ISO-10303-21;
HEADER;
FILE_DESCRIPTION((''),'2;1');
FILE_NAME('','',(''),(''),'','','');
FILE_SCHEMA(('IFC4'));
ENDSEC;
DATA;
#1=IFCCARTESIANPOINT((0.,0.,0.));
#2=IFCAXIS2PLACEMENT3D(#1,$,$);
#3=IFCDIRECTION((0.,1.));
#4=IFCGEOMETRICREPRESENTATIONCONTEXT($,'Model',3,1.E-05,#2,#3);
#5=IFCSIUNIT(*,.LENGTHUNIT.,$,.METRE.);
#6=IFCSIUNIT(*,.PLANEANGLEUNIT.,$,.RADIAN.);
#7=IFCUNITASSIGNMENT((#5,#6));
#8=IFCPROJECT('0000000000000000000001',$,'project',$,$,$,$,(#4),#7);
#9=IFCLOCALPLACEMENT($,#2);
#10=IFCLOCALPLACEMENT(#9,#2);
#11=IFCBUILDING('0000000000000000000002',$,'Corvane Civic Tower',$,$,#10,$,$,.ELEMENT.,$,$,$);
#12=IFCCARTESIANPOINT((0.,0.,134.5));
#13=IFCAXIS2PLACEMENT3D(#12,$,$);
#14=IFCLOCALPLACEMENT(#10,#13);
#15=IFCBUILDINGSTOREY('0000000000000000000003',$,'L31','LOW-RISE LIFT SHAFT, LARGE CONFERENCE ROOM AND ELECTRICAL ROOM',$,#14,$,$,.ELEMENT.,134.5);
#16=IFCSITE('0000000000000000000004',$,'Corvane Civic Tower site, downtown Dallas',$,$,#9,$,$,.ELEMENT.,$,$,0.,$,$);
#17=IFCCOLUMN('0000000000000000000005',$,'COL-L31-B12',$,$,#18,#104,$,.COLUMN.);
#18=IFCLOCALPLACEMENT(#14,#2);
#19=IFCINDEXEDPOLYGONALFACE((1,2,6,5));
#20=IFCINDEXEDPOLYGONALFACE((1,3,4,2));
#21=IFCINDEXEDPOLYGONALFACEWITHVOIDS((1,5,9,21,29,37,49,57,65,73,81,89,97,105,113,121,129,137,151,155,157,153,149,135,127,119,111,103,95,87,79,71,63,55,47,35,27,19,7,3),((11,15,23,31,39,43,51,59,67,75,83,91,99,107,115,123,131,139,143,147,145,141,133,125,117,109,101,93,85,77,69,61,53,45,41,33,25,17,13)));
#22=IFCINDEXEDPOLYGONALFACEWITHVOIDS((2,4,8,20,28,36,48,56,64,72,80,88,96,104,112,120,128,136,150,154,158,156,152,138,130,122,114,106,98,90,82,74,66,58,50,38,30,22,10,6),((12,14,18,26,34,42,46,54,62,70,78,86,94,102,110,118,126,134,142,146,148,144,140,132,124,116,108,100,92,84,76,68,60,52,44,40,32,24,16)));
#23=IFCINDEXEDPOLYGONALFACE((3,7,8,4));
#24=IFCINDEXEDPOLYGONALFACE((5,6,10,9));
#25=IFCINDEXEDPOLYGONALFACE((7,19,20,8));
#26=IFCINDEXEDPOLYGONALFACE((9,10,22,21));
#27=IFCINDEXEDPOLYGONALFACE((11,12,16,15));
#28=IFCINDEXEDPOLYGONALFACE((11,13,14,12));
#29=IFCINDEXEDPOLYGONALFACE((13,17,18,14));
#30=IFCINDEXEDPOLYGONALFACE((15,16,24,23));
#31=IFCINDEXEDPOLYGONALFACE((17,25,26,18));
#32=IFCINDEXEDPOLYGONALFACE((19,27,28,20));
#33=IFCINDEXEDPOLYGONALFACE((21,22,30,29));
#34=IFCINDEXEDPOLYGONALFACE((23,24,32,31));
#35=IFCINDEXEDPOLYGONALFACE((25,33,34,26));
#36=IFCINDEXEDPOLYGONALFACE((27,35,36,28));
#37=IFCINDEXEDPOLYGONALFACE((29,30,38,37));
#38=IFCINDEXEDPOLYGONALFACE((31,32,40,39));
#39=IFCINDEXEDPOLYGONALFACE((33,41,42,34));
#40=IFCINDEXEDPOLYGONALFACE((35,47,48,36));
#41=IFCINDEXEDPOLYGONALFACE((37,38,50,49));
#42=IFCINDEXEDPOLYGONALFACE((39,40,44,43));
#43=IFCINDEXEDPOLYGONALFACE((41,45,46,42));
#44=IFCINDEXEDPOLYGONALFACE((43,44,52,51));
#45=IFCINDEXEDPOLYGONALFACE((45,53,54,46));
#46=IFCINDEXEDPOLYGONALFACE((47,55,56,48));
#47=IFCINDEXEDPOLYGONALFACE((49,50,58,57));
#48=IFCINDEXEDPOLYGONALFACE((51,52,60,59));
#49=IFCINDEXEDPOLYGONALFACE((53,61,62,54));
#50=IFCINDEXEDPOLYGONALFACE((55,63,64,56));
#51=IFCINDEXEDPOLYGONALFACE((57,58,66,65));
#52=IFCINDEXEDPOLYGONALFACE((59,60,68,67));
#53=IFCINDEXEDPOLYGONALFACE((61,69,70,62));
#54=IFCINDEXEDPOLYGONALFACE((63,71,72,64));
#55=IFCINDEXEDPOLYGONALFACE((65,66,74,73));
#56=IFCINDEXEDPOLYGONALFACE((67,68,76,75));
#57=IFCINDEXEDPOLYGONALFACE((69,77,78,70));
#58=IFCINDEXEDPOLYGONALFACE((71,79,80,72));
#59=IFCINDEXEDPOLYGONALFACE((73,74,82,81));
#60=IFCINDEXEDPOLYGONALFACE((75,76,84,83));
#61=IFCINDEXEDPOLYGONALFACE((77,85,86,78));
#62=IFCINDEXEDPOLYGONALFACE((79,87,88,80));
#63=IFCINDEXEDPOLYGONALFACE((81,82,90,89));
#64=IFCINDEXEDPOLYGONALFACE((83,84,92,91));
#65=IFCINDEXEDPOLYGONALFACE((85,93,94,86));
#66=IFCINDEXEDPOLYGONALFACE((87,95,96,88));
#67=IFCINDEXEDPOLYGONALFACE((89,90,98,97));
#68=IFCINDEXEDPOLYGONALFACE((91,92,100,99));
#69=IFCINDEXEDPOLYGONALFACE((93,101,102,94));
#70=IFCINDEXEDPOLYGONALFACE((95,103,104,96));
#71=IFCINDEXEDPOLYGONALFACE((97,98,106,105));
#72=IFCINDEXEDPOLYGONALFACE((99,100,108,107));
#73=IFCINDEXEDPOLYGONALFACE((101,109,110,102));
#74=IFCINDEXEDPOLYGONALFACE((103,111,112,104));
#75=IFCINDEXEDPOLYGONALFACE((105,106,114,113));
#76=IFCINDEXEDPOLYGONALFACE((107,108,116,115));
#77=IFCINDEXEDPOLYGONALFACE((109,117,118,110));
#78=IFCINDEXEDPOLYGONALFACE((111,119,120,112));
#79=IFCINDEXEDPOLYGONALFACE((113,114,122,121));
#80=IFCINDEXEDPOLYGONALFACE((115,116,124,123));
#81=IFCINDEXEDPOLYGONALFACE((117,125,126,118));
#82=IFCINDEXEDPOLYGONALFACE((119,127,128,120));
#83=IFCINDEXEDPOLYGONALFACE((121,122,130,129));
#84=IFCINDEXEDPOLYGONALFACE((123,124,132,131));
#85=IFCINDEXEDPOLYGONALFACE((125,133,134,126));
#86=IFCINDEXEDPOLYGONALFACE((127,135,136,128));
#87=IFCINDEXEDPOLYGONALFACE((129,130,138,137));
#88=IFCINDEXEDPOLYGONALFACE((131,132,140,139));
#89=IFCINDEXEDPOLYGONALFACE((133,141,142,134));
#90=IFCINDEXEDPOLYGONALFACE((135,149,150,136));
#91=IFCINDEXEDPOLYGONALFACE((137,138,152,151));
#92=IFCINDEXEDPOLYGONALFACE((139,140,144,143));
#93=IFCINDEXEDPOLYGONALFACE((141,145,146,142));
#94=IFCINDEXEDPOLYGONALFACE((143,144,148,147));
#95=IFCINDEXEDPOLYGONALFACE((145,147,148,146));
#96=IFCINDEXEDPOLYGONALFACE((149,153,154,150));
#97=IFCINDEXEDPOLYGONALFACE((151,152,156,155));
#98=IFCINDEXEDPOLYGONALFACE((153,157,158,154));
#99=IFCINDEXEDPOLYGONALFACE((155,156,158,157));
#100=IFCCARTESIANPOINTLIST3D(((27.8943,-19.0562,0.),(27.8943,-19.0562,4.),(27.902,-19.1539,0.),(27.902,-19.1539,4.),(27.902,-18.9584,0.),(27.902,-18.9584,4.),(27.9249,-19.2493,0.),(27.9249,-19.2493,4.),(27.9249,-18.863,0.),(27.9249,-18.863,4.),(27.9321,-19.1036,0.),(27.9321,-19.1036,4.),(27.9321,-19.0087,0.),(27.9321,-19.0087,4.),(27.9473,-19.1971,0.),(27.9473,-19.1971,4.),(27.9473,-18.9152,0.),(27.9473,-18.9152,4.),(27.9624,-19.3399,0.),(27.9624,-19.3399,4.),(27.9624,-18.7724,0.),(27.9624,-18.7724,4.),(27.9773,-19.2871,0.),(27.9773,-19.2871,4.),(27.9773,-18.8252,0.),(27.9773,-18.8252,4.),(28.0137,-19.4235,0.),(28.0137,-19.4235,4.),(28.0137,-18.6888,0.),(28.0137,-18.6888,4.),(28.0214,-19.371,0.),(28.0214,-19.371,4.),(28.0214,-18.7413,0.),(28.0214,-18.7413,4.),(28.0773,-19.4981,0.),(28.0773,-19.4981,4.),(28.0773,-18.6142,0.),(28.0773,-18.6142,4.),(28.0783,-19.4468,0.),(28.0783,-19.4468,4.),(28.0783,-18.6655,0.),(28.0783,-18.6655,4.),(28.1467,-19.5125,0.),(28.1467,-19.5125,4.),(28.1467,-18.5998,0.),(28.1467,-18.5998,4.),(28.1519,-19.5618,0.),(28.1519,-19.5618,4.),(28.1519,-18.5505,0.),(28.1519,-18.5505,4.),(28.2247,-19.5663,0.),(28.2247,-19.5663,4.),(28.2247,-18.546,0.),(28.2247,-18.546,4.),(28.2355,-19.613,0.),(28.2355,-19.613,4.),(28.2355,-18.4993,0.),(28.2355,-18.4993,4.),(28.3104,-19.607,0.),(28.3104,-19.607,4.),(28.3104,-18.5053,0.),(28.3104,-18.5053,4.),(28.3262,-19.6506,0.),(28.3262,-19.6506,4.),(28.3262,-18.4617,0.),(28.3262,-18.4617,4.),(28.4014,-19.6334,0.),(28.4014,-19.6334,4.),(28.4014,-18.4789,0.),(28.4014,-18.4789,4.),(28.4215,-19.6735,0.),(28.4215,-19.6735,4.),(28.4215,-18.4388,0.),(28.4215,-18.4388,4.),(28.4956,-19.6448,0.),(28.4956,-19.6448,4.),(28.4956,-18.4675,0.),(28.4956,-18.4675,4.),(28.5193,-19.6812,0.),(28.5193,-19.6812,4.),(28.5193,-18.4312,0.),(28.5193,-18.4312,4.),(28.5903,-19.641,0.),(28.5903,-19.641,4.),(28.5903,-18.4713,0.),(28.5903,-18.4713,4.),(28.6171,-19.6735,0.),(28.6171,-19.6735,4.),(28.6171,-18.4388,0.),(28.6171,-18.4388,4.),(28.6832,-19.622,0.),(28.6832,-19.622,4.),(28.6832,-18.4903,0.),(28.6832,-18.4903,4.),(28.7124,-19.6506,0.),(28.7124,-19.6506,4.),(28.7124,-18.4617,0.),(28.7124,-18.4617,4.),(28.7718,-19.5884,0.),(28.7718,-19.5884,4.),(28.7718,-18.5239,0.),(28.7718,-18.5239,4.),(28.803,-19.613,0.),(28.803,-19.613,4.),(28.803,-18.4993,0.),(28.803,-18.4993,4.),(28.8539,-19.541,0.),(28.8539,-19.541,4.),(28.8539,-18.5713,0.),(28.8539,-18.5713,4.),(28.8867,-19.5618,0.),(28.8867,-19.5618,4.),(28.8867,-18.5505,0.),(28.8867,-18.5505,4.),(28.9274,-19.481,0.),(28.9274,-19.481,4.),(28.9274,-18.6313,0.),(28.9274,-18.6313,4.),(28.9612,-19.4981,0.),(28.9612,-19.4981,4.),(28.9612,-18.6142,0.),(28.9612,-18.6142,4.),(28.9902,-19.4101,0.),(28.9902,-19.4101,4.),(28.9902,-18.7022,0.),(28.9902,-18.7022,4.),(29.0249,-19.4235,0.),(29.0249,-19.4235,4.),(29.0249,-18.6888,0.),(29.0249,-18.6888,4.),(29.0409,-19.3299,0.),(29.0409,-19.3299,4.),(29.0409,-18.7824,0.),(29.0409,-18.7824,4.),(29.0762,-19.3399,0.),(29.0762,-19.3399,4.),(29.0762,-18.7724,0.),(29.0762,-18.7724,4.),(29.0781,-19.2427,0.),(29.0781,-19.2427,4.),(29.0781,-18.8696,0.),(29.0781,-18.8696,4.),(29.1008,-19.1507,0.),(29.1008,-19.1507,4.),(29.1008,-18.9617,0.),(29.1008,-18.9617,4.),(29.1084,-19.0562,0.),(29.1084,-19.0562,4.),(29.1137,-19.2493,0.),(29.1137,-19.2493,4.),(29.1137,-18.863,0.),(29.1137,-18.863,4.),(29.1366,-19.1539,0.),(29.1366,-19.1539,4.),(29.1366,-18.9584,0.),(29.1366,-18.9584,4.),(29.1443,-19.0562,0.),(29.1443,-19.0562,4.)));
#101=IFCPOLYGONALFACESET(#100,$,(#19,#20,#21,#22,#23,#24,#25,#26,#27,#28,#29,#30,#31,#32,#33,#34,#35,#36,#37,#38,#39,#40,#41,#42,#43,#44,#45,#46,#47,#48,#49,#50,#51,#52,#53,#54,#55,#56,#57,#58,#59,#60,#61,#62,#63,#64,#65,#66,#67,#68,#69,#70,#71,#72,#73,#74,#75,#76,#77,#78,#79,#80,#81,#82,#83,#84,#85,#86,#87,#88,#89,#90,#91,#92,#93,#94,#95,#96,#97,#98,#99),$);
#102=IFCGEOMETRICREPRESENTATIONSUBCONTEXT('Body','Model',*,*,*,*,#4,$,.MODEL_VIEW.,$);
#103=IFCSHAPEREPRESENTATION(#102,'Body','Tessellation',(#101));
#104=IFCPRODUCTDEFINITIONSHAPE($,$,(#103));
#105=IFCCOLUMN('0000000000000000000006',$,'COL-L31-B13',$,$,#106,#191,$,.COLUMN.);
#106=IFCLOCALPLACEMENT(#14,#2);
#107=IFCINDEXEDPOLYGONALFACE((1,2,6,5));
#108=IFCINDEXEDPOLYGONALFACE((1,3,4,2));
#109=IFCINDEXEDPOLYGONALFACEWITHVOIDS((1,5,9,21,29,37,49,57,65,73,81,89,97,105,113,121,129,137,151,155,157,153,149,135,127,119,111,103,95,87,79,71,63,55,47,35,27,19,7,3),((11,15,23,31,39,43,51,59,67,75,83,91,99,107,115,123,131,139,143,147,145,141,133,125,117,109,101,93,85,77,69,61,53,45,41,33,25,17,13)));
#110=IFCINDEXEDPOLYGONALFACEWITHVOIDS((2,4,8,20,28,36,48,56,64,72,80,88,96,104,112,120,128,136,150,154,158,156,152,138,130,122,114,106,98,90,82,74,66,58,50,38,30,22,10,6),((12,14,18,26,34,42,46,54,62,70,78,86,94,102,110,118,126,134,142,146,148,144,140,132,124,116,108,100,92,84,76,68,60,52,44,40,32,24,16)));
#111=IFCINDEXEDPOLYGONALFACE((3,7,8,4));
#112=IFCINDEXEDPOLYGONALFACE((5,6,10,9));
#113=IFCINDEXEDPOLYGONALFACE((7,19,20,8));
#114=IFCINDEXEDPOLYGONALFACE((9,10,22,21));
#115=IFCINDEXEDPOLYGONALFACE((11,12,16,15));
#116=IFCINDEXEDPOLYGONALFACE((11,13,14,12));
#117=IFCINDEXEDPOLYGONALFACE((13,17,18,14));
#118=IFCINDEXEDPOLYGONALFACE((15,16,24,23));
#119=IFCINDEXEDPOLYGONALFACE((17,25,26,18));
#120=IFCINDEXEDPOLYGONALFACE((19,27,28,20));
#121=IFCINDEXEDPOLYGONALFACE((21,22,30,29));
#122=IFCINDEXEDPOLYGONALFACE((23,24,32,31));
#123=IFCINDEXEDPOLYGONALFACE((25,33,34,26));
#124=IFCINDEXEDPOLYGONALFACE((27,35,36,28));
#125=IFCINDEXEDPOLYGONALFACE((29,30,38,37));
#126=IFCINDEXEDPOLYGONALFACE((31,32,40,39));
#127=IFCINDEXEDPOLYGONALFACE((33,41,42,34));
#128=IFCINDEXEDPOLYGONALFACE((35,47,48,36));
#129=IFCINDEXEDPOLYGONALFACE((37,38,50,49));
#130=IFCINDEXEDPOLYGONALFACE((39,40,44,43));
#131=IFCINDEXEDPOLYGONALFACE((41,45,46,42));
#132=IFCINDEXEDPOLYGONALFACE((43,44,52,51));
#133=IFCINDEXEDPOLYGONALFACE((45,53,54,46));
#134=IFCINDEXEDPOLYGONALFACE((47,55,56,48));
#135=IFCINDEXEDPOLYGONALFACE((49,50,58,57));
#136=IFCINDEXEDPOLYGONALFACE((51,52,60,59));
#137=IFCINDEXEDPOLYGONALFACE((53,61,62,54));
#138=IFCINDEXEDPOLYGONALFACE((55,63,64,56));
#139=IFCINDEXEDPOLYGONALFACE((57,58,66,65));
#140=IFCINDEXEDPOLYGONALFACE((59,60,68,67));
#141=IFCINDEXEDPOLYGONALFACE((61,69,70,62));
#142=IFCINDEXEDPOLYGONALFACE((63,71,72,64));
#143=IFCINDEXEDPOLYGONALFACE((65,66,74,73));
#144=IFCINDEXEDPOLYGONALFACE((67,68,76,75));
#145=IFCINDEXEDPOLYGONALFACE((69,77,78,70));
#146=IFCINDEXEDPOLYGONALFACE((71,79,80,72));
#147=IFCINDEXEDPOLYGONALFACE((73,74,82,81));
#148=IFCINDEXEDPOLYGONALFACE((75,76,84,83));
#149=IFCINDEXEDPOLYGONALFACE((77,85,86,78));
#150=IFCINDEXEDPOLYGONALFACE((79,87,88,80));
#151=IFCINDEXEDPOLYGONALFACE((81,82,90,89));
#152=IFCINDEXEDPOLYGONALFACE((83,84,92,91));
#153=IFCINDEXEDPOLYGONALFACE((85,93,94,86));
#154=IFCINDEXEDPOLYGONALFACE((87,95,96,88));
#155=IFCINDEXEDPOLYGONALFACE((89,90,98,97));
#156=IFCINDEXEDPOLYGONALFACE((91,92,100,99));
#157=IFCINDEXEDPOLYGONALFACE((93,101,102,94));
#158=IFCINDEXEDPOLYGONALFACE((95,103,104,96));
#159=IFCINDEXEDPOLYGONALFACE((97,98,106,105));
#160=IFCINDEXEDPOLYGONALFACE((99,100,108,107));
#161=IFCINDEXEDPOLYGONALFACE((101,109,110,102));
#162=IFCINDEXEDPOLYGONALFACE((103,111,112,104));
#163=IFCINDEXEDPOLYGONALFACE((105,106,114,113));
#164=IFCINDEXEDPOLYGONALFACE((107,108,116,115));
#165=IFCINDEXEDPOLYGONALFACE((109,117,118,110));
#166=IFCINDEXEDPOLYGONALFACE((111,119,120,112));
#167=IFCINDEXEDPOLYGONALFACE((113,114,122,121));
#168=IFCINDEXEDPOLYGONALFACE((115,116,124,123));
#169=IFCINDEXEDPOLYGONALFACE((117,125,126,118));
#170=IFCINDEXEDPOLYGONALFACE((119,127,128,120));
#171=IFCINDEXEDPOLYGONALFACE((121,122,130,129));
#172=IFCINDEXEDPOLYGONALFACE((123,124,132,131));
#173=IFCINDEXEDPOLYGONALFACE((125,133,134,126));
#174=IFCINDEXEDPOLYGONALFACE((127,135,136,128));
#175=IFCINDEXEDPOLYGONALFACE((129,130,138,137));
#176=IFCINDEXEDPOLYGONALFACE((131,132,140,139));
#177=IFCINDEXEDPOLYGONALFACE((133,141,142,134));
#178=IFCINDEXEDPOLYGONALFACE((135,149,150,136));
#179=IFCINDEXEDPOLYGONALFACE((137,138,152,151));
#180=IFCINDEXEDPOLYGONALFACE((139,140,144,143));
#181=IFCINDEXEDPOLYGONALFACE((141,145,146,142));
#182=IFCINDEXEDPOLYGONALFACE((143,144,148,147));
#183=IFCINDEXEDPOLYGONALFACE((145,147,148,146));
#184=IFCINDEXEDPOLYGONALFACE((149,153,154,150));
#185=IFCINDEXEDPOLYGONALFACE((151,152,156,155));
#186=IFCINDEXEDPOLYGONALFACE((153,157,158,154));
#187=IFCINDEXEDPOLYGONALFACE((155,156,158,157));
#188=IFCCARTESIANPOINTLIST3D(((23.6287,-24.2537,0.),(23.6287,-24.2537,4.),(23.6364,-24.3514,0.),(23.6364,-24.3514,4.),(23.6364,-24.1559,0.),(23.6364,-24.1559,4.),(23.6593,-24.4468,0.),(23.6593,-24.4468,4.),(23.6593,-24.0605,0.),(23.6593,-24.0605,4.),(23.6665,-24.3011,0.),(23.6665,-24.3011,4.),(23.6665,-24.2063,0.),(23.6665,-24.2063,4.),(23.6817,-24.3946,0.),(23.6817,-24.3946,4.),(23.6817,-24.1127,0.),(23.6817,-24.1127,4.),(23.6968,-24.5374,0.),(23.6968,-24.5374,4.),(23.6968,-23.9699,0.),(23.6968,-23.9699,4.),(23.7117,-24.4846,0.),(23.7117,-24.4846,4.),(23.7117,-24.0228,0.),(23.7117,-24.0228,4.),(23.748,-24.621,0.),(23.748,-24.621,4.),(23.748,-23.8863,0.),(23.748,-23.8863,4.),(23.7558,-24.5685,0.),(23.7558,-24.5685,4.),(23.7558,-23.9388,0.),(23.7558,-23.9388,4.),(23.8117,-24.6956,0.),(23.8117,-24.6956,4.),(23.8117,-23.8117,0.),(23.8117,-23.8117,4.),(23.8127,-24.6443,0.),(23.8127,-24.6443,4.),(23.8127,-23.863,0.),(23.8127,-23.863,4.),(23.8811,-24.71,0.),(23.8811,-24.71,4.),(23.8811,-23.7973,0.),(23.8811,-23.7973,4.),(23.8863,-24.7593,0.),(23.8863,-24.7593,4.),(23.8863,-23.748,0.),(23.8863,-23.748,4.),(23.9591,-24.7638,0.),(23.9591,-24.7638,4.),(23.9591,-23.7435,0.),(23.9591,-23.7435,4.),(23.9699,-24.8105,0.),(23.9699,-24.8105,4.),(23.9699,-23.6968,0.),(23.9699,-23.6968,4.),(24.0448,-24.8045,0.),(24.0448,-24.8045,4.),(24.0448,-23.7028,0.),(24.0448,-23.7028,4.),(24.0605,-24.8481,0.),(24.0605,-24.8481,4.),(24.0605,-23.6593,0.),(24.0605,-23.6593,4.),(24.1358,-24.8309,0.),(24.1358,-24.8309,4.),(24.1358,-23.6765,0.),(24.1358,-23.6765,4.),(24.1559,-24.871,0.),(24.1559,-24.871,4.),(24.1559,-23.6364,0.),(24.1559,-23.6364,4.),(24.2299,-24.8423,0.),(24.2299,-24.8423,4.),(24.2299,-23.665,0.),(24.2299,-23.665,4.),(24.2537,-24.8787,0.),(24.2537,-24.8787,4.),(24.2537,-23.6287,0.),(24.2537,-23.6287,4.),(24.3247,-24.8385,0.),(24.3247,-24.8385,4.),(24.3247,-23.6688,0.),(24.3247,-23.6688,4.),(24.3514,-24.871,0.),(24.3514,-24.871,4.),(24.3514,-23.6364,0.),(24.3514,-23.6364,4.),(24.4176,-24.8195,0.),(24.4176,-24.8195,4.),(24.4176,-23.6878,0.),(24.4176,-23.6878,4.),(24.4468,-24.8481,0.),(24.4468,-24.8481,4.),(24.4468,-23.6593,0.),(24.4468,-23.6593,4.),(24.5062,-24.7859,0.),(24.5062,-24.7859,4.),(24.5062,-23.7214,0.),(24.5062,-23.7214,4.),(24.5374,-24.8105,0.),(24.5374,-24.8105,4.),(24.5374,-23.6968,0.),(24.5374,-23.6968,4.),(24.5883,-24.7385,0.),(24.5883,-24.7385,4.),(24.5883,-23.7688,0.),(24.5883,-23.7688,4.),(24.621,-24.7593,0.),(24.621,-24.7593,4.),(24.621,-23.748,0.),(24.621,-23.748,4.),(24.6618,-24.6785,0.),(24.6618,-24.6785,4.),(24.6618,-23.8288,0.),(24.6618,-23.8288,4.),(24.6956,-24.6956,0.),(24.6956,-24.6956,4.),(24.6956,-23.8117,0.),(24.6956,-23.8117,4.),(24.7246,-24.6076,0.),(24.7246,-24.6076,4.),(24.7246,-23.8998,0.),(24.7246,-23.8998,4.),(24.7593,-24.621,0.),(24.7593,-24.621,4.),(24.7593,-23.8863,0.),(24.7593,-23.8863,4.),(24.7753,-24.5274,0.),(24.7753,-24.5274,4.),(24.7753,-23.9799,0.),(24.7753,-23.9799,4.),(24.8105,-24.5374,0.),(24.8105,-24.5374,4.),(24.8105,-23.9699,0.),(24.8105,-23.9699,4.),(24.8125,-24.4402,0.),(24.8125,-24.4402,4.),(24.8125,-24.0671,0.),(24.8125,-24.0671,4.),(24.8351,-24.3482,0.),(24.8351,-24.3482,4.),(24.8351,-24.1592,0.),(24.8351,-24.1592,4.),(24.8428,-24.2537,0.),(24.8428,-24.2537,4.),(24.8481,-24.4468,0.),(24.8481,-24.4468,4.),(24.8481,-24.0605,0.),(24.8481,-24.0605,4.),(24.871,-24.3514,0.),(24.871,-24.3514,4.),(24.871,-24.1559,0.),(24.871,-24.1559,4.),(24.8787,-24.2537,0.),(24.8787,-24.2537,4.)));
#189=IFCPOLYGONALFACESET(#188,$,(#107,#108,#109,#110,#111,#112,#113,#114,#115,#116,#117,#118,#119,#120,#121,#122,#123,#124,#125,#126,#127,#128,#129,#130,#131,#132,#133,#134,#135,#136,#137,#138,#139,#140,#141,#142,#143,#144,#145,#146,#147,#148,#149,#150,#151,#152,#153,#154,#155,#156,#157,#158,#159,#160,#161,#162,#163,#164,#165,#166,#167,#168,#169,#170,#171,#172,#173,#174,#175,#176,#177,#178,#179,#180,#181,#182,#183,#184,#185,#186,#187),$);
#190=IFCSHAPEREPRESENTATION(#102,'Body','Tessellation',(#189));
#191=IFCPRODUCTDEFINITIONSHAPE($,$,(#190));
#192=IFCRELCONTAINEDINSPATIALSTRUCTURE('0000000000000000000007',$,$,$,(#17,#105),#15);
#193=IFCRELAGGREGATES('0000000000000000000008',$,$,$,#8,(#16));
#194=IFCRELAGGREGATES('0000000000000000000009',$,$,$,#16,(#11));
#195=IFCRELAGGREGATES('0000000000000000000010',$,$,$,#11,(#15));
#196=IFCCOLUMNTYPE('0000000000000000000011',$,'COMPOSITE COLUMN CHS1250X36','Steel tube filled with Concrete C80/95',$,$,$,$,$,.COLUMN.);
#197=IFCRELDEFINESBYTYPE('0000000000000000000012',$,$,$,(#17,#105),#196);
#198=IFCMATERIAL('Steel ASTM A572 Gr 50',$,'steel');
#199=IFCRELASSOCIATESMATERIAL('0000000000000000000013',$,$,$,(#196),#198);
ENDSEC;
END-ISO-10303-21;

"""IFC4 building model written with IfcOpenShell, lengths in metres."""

from ifc_helpers import new_model, si_unit, direction, frame, origin, origin_2d, place, context, subcontext, project, spatial, hollow_circle, extrude, material, material_profile, profile_set, type_object, element, save


model = new_model("IFC4")

# Units and contexts
model_context = context("Model", 3, precision=1e-05, world=origin(), true_north=direction((0.0, 1.0)))
body_context = subcontext(model_context, "Body", "Model", "MODEL_VIEW")
ifc_project = project(units=[si_unit("LENGTHUNIT", "METRE"), si_unit("PLANEANGLEUNIT", "RADIAN")], contexts=[model_context])

# Site, building, storey
site_placement = place(None, origin())
site = spatial("IfcSite", under=ifc_project, at=site_placement, Name="Corvane Civic Tower site, downtown Dallas", CompositionType="ELEMENT", RefElevation=0.0)
building_placement = place(site_placement, origin())
building = spatial("IfcBuilding", under=site, at=building_placement, Name="Corvane Civic Tower", CompositionType="ELEMENT")
storey_placement = place(building_placement, frame((0.0, 0.0, 134.5)))
storey = spatial("IfcBuildingStorey", under=building, at=storey_placement, Name="L31", Description="LOW-RISE LIFT SHAFT, LARGE CONFERENCE ROOM AND ELECTRICAL ROOM", CompositionType="ELEMENT", Elevation=134.5)

# Columns
ifc_material_1 = material(Name="Steel ASTM A572 Gr 50", Category="steel")
ifc_material_profile_1 = material_profile(ifc_material_1, hollow_circle(Radius=0.625, WallThickness=0.0359, at=origin_2d()), Name="CHS1250X36")
ifc_profile_set_1 = profile_set([ifc_material_profile_1], Name="Steel ASTM A572 Gr 50")
column_type = type_object("IfcColumnType", Name="COMPOSITE COLUMN CHS1250X36", Description="Steel tube filled with Concrete C80/95", PredefinedType="COLUMN", material=ifc_profile_set_1)
for number, where, z_axis, x_axis, name in (
    (1, (28.5193, -19.0562, 0.0), (0.0, 0.0, 1.0), (1.0, 0.0, 0.0), "COL-L31-B12"),
    (2, (24.2537, -24.2537, 0.0), (0.0, 0.0, 1.0), (1.0, 0.0, 0.0), "COL-L31-B13"),
):
    element("IfcColumn", number, at=place(storey_placement, frame(where, z_axis=z_axis, x_axis=x_axis)), inside=storey, type_object=column_type, Name=name, PredefinedType="COLUMN", context=body_context, shape_type="SweptSolid", body=[
        extrude(hollow_circle(Radius=0.625, WallThickness=0.0359, at=origin_2d()), origin(), (0.0, 0.0, 1.0), 4.0),
    ])

save(model, "model.ifc")
